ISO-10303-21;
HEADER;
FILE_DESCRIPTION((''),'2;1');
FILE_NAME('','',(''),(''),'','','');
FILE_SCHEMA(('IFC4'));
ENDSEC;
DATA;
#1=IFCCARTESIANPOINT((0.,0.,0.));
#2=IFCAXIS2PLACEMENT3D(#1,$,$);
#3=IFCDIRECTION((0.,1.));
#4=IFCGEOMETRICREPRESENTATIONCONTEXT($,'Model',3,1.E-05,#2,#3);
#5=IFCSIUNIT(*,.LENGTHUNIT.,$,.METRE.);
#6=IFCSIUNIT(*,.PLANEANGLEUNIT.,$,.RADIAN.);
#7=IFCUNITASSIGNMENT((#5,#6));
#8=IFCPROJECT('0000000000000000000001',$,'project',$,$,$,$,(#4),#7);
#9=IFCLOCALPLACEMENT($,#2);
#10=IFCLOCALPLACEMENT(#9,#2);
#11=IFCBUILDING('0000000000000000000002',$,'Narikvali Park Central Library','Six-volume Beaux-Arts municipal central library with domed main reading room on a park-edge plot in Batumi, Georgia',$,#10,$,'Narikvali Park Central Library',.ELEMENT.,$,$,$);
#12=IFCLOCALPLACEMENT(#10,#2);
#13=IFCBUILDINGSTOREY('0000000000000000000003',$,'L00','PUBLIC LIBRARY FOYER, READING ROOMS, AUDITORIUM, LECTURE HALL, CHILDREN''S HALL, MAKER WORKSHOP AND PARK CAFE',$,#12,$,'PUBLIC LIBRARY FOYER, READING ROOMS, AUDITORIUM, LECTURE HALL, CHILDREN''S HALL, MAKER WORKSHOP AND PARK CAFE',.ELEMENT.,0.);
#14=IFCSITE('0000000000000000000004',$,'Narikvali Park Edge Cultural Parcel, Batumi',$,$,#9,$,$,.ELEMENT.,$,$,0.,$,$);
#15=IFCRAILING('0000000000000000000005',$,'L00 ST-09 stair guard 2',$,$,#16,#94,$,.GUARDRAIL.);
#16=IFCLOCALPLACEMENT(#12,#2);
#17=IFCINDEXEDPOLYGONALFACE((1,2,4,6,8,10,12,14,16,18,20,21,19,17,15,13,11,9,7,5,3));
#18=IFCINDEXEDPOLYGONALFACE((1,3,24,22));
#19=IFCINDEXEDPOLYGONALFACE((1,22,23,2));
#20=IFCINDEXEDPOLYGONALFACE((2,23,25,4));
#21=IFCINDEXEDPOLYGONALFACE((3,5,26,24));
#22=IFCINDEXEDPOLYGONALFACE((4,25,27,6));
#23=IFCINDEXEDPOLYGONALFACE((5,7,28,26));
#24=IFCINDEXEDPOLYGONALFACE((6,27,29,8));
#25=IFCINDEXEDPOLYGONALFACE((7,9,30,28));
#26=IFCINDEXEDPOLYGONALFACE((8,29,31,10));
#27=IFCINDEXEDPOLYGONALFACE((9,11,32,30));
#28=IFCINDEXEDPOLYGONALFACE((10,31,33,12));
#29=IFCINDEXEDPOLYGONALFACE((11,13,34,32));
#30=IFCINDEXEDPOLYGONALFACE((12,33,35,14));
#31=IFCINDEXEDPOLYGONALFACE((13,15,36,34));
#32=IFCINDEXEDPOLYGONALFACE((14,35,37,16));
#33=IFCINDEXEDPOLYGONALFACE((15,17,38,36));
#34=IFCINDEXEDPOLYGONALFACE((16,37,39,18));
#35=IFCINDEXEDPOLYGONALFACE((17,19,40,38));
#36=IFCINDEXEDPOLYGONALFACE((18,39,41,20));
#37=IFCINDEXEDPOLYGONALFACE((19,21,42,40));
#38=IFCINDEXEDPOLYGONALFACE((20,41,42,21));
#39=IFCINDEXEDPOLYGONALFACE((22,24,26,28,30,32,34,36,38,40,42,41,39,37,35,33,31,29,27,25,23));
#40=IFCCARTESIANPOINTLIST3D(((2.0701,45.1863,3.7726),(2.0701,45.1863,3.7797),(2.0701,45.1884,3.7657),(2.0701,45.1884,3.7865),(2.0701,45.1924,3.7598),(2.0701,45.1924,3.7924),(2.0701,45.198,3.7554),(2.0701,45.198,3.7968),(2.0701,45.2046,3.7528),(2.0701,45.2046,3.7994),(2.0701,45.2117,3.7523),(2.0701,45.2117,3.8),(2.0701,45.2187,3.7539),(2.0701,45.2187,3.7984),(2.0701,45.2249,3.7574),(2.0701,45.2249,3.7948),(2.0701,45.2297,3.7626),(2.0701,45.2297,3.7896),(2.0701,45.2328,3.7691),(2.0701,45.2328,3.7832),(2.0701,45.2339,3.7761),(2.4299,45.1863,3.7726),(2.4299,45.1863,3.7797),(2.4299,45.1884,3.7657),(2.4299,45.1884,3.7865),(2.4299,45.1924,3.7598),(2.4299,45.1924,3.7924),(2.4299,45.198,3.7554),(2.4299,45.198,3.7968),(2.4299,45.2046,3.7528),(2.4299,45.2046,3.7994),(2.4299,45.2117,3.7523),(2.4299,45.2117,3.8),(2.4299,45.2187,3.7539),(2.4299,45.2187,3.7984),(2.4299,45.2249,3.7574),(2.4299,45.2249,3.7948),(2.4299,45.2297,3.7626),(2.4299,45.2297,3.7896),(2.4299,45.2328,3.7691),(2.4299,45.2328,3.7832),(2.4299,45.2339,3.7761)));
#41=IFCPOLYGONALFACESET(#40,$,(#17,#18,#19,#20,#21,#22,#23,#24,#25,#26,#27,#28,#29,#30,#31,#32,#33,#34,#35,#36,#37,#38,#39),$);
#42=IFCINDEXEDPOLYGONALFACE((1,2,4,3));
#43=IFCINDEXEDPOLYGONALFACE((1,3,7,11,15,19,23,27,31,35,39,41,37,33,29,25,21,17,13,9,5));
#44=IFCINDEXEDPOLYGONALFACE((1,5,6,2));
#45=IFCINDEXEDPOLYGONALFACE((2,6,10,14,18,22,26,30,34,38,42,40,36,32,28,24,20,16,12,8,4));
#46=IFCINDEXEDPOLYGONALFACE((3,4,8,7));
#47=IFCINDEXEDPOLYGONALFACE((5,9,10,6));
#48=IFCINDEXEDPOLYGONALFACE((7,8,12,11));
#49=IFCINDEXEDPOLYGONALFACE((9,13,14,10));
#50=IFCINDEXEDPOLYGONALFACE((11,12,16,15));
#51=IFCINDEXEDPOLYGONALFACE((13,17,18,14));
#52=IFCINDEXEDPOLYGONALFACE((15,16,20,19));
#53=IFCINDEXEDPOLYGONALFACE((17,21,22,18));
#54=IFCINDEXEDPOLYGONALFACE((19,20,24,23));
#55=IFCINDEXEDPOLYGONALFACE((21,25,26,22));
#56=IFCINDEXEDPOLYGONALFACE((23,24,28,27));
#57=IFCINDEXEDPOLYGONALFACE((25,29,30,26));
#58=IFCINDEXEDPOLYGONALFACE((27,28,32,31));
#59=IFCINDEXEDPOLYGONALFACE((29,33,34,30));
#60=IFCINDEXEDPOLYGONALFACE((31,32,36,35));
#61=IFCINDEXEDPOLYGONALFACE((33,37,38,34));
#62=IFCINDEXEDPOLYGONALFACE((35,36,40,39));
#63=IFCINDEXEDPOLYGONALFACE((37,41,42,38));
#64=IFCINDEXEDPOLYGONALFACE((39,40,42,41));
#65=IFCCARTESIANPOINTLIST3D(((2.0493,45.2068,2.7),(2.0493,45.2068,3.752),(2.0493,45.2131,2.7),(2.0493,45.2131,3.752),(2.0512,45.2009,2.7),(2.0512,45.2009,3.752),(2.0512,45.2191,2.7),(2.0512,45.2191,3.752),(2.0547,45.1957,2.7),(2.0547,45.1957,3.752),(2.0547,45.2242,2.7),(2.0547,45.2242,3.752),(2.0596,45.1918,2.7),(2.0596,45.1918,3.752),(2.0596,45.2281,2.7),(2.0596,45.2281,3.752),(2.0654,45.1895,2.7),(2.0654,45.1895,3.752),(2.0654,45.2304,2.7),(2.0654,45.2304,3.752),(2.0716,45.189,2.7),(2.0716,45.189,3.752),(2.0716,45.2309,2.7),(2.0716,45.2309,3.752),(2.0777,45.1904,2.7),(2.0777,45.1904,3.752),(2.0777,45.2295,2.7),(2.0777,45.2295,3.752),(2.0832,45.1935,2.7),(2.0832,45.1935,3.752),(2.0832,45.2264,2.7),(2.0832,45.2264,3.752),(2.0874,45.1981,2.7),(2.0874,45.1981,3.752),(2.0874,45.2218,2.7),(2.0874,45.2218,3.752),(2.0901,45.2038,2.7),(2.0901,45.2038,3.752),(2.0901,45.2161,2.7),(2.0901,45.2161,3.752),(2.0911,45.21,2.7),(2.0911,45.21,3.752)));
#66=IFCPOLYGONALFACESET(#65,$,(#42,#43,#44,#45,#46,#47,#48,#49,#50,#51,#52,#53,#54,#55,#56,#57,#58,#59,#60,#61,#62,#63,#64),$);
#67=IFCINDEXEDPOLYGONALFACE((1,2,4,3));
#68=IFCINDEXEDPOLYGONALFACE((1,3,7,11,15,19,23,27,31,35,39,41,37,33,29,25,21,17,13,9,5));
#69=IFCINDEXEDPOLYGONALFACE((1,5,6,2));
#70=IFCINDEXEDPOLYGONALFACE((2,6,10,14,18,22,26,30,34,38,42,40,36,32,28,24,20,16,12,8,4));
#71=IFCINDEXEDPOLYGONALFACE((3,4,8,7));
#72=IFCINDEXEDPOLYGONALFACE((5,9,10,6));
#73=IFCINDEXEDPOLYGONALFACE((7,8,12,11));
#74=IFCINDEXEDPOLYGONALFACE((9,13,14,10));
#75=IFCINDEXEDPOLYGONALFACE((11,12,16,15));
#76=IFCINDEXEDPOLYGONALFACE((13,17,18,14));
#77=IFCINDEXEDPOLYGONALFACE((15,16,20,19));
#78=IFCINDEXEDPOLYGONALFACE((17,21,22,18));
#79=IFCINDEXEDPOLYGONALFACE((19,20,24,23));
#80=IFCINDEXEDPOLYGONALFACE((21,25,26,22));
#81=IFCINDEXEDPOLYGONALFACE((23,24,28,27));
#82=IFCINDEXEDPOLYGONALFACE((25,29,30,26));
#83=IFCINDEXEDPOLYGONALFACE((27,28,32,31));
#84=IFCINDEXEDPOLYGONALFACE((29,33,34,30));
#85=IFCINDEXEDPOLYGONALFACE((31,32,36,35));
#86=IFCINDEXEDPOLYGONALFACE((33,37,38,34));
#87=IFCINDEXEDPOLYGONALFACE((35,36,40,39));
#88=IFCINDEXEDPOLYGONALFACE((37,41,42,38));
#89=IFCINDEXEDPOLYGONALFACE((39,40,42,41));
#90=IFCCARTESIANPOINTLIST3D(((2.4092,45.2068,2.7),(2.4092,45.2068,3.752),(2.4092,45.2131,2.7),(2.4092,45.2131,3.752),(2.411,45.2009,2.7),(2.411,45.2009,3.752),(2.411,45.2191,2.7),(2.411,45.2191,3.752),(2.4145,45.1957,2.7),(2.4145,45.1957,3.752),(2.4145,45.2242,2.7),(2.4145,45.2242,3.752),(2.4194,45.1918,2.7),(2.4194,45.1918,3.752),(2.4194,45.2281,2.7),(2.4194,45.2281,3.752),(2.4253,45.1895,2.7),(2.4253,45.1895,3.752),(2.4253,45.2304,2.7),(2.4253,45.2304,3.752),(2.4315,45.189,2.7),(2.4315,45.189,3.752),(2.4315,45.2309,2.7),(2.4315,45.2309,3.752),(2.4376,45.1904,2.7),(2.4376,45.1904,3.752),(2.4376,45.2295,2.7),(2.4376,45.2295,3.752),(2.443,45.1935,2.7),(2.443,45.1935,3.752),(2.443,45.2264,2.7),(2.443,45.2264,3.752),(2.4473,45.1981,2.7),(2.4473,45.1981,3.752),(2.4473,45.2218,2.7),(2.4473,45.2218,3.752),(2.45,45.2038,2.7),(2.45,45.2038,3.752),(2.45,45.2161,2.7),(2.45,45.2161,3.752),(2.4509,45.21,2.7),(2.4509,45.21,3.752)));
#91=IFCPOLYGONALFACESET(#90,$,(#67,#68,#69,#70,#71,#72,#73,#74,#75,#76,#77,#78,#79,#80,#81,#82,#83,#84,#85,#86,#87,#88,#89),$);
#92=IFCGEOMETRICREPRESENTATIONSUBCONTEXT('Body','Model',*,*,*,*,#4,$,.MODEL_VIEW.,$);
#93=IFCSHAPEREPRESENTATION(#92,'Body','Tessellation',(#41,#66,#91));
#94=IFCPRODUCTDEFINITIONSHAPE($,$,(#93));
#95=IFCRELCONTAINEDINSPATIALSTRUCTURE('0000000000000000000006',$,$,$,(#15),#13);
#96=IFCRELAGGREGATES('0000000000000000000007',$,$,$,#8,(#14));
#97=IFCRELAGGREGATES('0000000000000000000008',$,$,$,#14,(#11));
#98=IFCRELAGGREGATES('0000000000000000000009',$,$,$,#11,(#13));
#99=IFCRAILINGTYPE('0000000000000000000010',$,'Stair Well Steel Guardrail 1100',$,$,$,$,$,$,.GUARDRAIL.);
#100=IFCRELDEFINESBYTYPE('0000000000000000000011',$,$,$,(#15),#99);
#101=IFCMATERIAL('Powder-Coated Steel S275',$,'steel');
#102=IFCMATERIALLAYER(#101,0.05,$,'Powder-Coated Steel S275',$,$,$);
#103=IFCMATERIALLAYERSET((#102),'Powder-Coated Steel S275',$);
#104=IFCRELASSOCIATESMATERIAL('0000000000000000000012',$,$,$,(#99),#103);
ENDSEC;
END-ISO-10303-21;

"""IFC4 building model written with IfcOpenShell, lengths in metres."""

from ifc_helpers import new_model, si_unit, direction, frame, origin, origin_2d, place, context, subcontext, project, spatial, circle, extrude, material, layer, layer_set, type_object, element, save


model = new_model("IFC4")

# Units and contexts
model_context = context("Model", 3, precision=1e-05, world=origin(), true_north=direction((0.0, 1.0)))
body_context = subcontext(model_context, "Body", "Model", "MODEL_VIEW")
ifc_project = project(units=[si_unit("LENGTHUNIT", "METRE"), si_unit("PLANEANGLEUNIT", "RADIAN")], contexts=[model_context])

# Site, building, storey
site_placement = place(None, origin())
site = spatial("IfcSite", under=ifc_project, at=site_placement, Name="Narikvali Park Edge Cultural Parcel, Batumi", CompositionType="ELEMENT", RefElevation=0.0)
building_placement = place(site_placement, origin())
building = spatial("IfcBuilding", under=site, at=building_placement, Name="Narikvali Park Central Library", Description="Six-volume Beaux-Arts municipal central library with domed main reading room on a park-edge plot in Batumi, Georgia", LongName="Narikvali Park Central Library", CompositionType="ELEMENT")
storey_placement = place(building_placement, origin())
storey = spatial("IfcBuildingStorey", under=building, at=storey_placement, Name="L00", Description="PUBLIC LIBRARY FOYER, READING ROOMS, AUDITORIUM, LECTURE HALL, CHILDREN'S HALL, MAKER WORKSHOP AND PARK CAFE", LongName="PUBLIC LIBRARY FOYER, READING ROOMS, AUDITORIUM, LECTURE HALL, CHILDREN'S HALL, MAKER WORKSHOP AND PARK CAFE", CompositionType="ELEMENT", Elevation=0.0)

# Railing
ifc_material_1 = material(Name="Powder-Coated Steel S275", Category="steel")
ifc_layer_1 = layer(ifc_material_1, 0.05, Name="Powder-Coated Steel S275")
ifc_layer_set_1 = layer_set([ifc_layer_1], Name="Powder-Coated Steel S275")
railing_type_1 = type_object("IfcRailingType", Name="Stair Well Steel Guardrail 1100", PredefinedType="GUARDRAIL", material=ifc_layer_set_1)
railing_1_placement = place(storey_placement, frame((2.0701, 45.21, 2.7)))
element("IfcRailing", 1, at=railing_1_placement, inside=storey, type_object=railing_type_1, Name="L00 ST-09 stair guard 2", PredefinedType="GUARDRAIL", context=body_context, shape_type="SweptSolid", body=[
    extrude(circle(Radius=0.0239, at=origin_2d()), frame((0.0, 0.0, 1.0762), z_axis=(1.0, 0.0, 0.0), x_axis=(0.0, 1.0, 0.0)), (0.0, 0.0, 1.0), 0.3599),
    extrude(circle(Radius=0.021, at=origin_2d()), origin(), (0.0, 0.0, 1.0), 1.052),
    extrude(circle(Radius=0.021, at=origin_2d()), frame((0.3599, 0.0, 0.0)), (0.0, 0.0, 1.0), 1.052),
])

save(model, "model.ifc")
